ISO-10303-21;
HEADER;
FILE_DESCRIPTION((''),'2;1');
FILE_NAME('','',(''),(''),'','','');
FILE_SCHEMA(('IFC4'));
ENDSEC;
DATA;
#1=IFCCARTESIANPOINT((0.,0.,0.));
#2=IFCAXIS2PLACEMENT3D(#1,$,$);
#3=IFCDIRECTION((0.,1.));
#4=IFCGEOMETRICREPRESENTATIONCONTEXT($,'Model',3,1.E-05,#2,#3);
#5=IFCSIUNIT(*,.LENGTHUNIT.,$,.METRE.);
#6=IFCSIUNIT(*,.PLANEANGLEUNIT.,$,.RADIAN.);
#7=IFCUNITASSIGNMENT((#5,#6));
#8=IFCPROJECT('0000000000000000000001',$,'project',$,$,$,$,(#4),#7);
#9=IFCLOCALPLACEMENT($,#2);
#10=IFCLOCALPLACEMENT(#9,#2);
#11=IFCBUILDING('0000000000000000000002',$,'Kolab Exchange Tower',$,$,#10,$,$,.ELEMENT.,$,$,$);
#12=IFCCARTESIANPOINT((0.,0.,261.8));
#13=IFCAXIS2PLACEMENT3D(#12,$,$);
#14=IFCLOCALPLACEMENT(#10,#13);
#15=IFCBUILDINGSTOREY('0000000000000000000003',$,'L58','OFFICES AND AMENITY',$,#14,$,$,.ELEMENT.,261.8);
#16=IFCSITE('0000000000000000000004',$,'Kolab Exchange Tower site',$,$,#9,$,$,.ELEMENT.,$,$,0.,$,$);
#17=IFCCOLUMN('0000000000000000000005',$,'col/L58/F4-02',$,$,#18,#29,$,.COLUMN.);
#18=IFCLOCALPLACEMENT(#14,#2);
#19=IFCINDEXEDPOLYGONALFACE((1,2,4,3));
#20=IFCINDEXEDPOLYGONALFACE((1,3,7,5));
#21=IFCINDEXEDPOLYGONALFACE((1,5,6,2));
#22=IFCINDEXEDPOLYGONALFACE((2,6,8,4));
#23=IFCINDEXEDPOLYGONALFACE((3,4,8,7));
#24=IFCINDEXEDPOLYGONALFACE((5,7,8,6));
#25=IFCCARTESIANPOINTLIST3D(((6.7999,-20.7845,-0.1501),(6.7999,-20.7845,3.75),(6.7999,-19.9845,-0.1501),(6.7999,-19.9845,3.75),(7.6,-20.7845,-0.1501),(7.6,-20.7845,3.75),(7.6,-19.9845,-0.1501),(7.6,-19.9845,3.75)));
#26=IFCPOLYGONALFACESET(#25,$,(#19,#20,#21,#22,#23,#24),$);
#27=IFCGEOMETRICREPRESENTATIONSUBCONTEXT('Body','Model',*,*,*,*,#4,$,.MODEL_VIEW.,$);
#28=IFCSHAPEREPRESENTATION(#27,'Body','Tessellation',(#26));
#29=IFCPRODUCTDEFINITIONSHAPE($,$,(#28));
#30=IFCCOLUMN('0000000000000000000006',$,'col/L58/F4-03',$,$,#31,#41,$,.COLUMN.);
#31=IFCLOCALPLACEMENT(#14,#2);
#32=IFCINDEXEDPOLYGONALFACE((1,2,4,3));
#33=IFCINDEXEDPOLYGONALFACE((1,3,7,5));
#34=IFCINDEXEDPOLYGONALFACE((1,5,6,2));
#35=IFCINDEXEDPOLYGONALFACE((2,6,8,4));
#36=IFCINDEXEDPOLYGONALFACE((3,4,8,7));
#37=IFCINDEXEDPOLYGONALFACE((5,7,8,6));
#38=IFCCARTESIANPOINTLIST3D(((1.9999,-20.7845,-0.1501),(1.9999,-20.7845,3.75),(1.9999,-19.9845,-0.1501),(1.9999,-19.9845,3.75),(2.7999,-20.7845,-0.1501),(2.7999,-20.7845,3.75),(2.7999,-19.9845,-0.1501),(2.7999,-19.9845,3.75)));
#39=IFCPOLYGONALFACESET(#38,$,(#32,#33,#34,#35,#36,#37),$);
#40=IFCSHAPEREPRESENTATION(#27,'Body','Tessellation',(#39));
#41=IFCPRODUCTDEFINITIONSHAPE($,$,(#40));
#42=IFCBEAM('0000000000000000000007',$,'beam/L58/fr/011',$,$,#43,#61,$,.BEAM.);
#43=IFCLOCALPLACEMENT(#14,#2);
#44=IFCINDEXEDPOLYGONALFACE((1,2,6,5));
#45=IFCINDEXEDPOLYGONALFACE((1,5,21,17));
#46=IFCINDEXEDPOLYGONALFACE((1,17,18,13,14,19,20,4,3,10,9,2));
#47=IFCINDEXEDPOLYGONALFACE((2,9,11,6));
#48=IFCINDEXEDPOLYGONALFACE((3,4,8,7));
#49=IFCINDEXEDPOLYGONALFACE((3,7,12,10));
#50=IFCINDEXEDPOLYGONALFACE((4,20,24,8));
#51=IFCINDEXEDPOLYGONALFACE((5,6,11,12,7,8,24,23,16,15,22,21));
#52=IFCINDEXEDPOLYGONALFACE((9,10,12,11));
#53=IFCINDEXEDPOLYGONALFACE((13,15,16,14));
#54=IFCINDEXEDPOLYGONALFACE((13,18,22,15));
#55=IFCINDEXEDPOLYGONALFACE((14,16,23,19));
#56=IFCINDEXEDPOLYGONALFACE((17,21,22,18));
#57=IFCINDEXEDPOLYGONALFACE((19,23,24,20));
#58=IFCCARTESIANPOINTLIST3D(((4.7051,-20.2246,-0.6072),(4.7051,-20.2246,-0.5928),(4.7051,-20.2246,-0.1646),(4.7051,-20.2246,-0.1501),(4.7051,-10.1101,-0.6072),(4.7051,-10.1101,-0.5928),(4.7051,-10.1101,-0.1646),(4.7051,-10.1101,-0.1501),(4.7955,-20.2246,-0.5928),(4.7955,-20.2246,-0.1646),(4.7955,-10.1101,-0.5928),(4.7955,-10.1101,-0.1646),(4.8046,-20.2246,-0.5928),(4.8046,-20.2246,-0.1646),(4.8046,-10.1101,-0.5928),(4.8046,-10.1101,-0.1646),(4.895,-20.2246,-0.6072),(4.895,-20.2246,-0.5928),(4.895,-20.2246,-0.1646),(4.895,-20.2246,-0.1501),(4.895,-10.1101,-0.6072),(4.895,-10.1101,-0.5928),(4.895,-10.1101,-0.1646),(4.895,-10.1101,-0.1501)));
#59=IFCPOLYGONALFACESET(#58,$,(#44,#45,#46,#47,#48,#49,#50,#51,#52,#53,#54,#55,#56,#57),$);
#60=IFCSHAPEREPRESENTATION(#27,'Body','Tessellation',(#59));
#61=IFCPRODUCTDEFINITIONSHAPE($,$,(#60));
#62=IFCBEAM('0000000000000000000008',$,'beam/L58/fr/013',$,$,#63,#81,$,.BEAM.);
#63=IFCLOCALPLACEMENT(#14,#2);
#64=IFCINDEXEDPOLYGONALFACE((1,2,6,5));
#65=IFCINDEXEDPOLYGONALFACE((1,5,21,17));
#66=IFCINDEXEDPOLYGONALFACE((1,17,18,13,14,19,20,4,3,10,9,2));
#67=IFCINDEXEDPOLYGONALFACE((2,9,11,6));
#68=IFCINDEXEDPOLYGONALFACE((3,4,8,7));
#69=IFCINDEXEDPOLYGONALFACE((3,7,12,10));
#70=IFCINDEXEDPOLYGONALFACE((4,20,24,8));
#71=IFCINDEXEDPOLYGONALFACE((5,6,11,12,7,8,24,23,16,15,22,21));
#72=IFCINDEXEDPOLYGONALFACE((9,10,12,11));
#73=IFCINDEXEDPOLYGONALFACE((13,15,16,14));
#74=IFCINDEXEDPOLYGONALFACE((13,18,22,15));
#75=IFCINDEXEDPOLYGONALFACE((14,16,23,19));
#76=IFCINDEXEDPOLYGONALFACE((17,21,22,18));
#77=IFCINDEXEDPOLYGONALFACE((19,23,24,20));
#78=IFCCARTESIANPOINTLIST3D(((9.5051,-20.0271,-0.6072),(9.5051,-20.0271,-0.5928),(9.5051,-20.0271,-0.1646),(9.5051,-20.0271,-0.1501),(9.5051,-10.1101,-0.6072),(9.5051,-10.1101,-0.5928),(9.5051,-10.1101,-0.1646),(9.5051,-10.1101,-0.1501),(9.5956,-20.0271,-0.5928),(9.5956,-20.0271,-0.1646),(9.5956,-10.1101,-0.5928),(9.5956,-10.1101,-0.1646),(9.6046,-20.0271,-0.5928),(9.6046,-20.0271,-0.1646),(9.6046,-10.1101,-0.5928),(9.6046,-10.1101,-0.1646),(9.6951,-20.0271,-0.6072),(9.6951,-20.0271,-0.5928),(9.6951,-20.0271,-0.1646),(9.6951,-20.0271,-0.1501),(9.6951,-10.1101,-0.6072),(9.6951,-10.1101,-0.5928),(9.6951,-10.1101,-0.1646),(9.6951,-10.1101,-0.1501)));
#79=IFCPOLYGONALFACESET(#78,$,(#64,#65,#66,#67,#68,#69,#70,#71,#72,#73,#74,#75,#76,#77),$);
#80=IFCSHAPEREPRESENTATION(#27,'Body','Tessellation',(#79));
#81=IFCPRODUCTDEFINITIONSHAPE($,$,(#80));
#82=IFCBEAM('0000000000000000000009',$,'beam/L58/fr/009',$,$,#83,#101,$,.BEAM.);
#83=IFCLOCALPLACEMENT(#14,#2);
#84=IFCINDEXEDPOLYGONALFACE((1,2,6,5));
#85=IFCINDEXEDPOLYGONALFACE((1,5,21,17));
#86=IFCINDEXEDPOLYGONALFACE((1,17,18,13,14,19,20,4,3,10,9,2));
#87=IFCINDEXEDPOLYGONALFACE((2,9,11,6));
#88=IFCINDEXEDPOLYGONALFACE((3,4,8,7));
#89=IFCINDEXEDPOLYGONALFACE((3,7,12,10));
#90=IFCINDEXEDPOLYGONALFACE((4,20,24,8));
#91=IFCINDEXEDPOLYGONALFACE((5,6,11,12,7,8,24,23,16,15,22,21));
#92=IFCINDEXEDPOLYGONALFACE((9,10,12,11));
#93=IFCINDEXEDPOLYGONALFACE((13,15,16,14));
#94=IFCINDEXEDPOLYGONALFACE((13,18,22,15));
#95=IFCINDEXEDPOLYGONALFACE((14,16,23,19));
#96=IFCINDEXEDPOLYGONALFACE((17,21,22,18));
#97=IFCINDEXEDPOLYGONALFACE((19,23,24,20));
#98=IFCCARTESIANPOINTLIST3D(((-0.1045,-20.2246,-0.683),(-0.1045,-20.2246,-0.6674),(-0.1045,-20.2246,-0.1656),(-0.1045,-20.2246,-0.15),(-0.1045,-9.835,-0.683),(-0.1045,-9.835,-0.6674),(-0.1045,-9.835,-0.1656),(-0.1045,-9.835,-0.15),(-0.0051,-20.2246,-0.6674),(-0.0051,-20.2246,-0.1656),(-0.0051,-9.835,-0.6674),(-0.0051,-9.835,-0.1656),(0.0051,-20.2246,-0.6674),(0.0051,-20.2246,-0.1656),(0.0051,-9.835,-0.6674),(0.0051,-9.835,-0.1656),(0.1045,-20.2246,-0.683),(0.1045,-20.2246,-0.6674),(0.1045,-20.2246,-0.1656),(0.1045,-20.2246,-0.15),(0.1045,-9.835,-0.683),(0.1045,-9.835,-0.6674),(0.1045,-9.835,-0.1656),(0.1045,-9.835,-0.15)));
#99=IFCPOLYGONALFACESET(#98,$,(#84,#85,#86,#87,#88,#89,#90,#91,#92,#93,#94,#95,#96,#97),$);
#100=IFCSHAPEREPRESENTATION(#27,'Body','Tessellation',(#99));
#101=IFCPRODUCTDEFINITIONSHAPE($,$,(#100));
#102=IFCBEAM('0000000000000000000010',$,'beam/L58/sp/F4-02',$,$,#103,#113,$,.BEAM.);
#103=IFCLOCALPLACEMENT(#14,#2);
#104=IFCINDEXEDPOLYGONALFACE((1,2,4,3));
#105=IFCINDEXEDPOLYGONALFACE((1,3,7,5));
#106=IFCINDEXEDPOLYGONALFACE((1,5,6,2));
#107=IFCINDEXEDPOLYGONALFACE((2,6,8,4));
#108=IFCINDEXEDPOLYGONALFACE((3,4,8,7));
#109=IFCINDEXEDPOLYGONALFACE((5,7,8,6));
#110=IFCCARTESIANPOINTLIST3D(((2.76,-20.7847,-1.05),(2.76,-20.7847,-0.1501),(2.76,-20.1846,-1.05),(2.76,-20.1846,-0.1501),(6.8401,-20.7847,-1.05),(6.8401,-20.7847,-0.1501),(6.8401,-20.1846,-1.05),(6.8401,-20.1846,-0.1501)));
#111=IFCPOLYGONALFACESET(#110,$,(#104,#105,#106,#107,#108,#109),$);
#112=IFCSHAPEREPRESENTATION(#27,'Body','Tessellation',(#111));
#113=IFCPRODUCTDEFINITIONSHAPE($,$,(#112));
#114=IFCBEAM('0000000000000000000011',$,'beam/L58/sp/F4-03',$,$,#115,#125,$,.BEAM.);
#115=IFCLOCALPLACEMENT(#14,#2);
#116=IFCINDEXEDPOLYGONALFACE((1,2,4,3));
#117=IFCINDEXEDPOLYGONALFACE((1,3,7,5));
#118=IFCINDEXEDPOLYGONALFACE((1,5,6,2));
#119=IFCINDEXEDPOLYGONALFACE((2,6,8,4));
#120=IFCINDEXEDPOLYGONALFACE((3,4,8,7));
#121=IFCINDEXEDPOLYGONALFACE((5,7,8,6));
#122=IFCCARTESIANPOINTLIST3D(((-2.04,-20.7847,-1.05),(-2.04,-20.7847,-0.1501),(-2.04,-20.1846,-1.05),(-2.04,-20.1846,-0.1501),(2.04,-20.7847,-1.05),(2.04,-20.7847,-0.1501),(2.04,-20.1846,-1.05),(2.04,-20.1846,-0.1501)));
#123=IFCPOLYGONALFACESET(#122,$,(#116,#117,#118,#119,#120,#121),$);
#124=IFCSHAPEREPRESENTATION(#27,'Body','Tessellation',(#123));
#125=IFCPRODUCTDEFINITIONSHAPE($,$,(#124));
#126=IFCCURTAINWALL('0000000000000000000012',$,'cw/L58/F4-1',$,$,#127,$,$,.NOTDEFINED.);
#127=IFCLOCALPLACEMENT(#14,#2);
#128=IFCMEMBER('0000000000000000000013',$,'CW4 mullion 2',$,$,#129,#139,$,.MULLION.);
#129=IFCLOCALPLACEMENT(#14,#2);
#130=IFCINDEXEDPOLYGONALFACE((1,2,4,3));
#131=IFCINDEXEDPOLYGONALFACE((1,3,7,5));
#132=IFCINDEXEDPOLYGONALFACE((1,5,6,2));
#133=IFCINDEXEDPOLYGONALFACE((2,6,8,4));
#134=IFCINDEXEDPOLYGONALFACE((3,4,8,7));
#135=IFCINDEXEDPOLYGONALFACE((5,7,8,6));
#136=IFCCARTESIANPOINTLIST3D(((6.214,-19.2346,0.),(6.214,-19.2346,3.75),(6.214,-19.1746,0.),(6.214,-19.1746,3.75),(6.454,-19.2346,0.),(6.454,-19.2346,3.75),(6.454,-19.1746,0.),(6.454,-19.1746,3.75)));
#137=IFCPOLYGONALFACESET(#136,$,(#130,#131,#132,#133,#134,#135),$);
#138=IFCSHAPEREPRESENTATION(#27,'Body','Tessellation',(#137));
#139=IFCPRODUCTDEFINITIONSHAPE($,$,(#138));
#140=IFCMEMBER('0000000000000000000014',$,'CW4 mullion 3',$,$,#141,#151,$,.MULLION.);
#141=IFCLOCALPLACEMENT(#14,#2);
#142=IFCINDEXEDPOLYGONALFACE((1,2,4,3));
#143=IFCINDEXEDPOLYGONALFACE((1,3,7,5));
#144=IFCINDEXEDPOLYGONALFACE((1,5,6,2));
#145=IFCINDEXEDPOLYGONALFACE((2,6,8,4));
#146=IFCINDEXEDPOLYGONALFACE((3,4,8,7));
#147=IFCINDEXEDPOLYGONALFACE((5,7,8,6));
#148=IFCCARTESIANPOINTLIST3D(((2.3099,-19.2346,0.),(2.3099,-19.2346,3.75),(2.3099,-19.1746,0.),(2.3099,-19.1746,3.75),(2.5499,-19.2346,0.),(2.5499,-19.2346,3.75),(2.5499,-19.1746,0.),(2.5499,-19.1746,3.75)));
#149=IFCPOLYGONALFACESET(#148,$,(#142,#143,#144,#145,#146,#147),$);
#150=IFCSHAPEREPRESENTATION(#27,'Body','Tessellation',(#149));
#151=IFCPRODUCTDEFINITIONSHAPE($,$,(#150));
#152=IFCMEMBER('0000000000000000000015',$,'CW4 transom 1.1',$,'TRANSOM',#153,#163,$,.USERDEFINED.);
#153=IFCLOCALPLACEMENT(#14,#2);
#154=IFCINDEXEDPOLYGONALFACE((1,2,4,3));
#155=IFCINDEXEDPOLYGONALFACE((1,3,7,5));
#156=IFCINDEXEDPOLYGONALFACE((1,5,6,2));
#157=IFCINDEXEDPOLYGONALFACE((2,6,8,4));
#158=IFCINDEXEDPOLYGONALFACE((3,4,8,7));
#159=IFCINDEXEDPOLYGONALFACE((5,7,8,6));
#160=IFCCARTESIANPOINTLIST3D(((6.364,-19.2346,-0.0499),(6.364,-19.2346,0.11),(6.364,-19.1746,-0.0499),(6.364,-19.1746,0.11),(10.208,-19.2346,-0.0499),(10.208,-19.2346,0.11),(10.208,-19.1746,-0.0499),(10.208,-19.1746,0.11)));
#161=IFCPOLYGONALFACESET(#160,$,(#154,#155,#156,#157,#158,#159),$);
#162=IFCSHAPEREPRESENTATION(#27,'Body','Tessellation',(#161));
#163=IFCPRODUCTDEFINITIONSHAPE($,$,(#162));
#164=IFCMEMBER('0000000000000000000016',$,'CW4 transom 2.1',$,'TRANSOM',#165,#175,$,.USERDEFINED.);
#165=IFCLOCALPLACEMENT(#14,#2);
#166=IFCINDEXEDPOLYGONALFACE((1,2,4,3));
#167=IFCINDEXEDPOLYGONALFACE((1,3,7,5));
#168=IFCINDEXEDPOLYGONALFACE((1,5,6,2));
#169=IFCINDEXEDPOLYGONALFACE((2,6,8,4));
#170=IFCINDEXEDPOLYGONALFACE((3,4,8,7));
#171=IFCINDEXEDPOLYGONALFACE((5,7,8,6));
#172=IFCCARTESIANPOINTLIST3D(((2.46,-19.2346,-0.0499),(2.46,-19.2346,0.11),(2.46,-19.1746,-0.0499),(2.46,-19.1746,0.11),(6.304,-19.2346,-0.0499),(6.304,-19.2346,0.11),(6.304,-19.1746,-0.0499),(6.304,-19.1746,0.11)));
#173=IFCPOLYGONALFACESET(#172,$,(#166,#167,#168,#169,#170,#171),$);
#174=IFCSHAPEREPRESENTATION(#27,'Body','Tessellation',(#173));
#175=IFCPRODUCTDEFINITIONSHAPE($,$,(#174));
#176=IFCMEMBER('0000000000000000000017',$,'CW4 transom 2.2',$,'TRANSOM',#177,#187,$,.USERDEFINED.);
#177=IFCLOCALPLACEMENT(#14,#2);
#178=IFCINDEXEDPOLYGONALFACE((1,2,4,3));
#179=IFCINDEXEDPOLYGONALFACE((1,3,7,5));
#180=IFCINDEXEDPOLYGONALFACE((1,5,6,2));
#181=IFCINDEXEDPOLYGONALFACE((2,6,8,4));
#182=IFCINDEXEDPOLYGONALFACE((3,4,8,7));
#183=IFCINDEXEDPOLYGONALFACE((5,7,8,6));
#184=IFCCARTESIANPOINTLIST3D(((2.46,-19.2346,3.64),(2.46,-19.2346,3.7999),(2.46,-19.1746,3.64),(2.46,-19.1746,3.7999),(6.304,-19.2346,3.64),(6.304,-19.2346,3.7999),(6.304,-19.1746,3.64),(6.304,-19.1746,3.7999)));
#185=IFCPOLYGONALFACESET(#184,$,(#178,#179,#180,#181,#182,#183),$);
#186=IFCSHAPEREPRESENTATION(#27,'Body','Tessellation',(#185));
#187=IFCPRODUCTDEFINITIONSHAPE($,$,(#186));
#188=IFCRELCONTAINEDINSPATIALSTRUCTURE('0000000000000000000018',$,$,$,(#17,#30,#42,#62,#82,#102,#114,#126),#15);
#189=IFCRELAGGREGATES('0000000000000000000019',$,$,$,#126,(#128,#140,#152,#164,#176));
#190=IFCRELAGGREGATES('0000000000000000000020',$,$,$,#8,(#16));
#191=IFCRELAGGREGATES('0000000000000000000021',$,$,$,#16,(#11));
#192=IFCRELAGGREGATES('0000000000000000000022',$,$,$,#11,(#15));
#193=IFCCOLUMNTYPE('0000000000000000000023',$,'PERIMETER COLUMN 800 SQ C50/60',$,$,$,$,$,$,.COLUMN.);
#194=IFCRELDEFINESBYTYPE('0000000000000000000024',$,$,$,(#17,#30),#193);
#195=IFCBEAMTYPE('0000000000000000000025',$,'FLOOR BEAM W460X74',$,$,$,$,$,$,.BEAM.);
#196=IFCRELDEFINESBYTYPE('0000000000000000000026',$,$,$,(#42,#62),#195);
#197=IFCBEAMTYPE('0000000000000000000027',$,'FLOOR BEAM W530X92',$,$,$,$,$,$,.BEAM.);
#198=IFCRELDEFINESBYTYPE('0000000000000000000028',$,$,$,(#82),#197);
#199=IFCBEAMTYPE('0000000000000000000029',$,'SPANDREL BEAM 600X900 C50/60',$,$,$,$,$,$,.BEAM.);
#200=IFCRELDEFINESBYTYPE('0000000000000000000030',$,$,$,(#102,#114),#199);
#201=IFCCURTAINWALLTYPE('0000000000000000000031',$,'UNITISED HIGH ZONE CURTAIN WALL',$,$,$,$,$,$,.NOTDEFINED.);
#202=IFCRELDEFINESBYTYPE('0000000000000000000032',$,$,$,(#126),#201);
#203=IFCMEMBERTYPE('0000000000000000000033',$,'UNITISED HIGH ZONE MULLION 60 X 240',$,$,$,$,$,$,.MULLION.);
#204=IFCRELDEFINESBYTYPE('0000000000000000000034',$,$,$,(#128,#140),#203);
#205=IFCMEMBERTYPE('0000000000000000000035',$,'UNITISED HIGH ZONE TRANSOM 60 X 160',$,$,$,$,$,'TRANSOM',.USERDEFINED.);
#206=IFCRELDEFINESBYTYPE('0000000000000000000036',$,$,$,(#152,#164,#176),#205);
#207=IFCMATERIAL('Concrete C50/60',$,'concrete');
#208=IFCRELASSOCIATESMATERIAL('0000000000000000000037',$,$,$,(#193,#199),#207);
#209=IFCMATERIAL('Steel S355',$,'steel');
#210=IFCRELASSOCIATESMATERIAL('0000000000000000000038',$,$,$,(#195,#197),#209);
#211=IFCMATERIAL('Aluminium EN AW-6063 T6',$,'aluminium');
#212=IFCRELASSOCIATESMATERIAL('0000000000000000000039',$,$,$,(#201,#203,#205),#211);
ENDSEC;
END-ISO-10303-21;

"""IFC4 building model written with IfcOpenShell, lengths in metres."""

from ifc_helpers import new_model, si_unit, direction, frame, origin, origin_2d, place, context, subcontext, project, spatial, rectangle, i_section, extrude, material, material_profile, profile_set, type_object, element, aggregate, save


model = new_model("IFC4")

# Units and contexts
model_context = context("Model", 3, precision=1e-05, world=origin(), true_north=direction((0.0, 1.0)))
body_context = subcontext(model_context, "Body", "Model", "MODEL_VIEW")
ifc_project = project(units=[si_unit("LENGTHUNIT", "METRE"), si_unit("PLANEANGLEUNIT", "RADIAN")], contexts=[model_context])

# Site, building, storey
site_placement = place(None, origin())
site = spatial("IfcSite", under=ifc_project, at=site_placement, Name="Kolab Exchange Tower site", CompositionType="ELEMENT", RefElevation=0.0)
building_placement = place(site_placement, origin())
building = spatial("IfcBuilding", under=site, at=building_placement, Name="Kolab Exchange Tower", CompositionType="ELEMENT")
storey_placement = place(building_placement, frame((0.0, 0.0, 261.8)))
storey = spatial("IfcBuildingStorey", under=building, at=storey_placement, Name="L58", Description="OFFICES AND AMENITY", CompositionType="ELEMENT", Elevation=261.8)

# Columns
ifc_material_1 = material(Name="Concrete C50/60", Category="concrete")
ifc_material_profile_1 = material_profile(ifc_material_1, rectangle(XDim=0.8, YDim=0.8, at=origin_2d()), Name="RC800")
ifc_profile_set_1 = profile_set([ifc_material_profile_1], Name="Concrete C50/60")
column_type = type_object("IfcColumnType", Name="PERIMETER COLUMN 800 SQ C50/60", PredefinedType="COLUMN", material=ifc_profile_set_1)
for number, where, z_axis, x_axis, name in (
    (1, (7.2, -20.3845, -0.1501), (0.0, 0.0, 1.0), (1.0, 0.0, 0.0), "col/L58/F4-02"),
    (2, (2.3999, -20.3845, -0.1501), (0.0, 0.0, 1.0), (1.0, 0.0, 0.0), "col/L58/F4-03"),
):
    element("IfcColumn", number, at=place(storey_placement, frame(where, z_axis=z_axis, x_axis=x_axis)), inside=storey, type_object=column_type, Name=name, PredefinedType="COLUMN", context=body_context, shape_type="SweptSolid", body=[
        extrude(rectangle(XDim=0.8, YDim=0.8, at=origin_2d()), origin(), (0.0, 0.0, 1.0), 3.9001),
    ])

# Beams
ifc_material_2 = material(Name="Steel S355", Category="steel")
ifc_material_profile_2 = material_profile(ifc_material_2, i_section(OverallWidth=0.1899, OverallDepth=0.457, WebThickness=0.009, FlangeThickness=0.0144, at=origin_2d()), Name="W460X74")
ifc_profile_set_2 = profile_set([ifc_material_profile_2], Name="Steel S355")
beam_type_1 = type_object("IfcBeamType", Name="FLOOR BEAM W460X74", PredefinedType="BEAM", material=ifc_profile_set_2)
beam_1_placement = place(storey_placement, frame((4.8, -20.2246, -0.3787), z_axis=(0.0, 1.0, 0.0), x_axis=(-1.0, 0.0, 0.0)))
element("IfcBeam", 3, at=beam_1_placement, inside=storey, type_object=beam_type_1, Name="beam/L58/fr/011", PredefinedType="BEAM", context=body_context, shape_type="SweptSolid", body=[
    extrude(i_section(OverallWidth=0.1899, OverallDepth=0.457, WebThickness=0.009, FlangeThickness=0.0144, at=origin_2d()), origin(), (0.0, 0.0, 1.0), 10.1145),
])
beam_2_placement = place(storey_placement, frame((9.6001, -20.0271, -0.3787), z_axis=(0.0, 1.0, 0.0), x_axis=(-1.0, 0.0, 0.0)))
element("IfcBeam", 4, at=beam_2_placement, inside=storey, type_object=beam_type_1, Name="beam/L58/fr/013", PredefinedType="BEAM", context=body_context, shape_type="SweptSolid", body=[
    extrude(i_section(OverallWidth=0.1899, OverallDepth=0.457, WebThickness=0.009, FlangeThickness=0.0144, at=origin_2d()), origin(), (0.0, 0.0, 1.0), 9.917),
])
ifc_material_profile_3 = material_profile(ifc_material_2, i_section(OverallWidth=0.209, OverallDepth=0.533, WebThickness=0.0103, FlangeThickness=0.0156, at=origin_2d()), Name="W530X92")
ifc_profile_set_3 = profile_set([ifc_material_profile_3], Name="Steel S355")
beam_type_2 = type_object("IfcBeamType", Name="FLOOR BEAM W530X92", PredefinedType="BEAM", material=ifc_profile_set_3)
beam_3_placement = place(storey_placement, frame((0.0, -20.2246, -0.4165), z_axis=(0.0, 1.0, 0.0), x_axis=(-1.0, 0.0, 0.0)))
element("IfcBeam", 5, at=beam_3_placement, inside=storey, type_object=beam_type_2, Name="beam/L58/fr/009", PredefinedType="BEAM", context=body_context, shape_type="SweptSolid", body=[
    extrude(i_section(OverallWidth=0.209, OverallDepth=0.533, WebThickness=0.0103, FlangeThickness=0.0156, at=origin_2d()), origin(), (0.0, 0.0, 1.0), 10.3896),
])
ifc_material_profile_4 = material_profile(ifc_material_1, rectangle(XDim=0.6001, YDim=0.8999, at=origin_2d()), Name="RC600X900")
ifc_profile_set_4 = profile_set([ifc_material_profile_4], Name="Concrete C50/60")
beam_type_3 = type_object("IfcBeamType", Name="SPANDREL BEAM 600X900 C50/60", PredefinedType="BEAM", material=ifc_profile_set_4)
for number, where, z_axis, x_axis, name in (
    (6, (6.8401, -20.4846, -0.6001), (-1.0, 0.0, 0.0), (0.0, -1.0, 0.0), "beam/L58/sp/F4-02"),
    (7, (2.04, -20.4846, -0.6001), (-1.0, 0.0, 0.0), (0.0, -1.0, 0.0), "beam/L58/sp/F4-03"),
):
    element("IfcBeam", number, at=place(storey_placement, frame(where, z_axis=z_axis, x_axis=x_axis)), inside=storey, type_object=beam_type_3, Name=name, PredefinedType="BEAM", context=body_context, shape_type="SweptSolid", body=[
        extrude(rectangle(XDim=0.6001, YDim=0.8999, at=origin_2d()), origin(), (0.0, 0.0, 1.0), 4.0801),
    ])

# Curtain wall, members
ifc_material_3 = material(Name="Aluminium EN AW-6063 T6", Category="aluminium")
curtain_wall_type = type_object("IfcCurtainWallType", Name="UNITISED HIGH ZONE CURTAIN WALL", PredefinedType="NOTDEFINED", material=ifc_material_3)
curtain_wall_placement = place(storey_placement, origin())
curtain_wall = element("IfcCurtainWall", 8, at=curtain_wall_placement, inside=storey, type_object=curtain_wall_type, Name="cw/L58/F4-1", PredefinedType="NOTDEFINED")
ifc_material_profile_5 = material_profile(ifc_material_3, rectangle(XDim=0.0601, YDim=0.24, at=origin_2d()), Name="RECT 60X240")
ifc_profile_set_5 = profile_set([ifc_material_profile_5], Name="Aluminium EN AW-6063 T6")
member_type_1 = type_object("IfcMemberType", Name="UNITISED HIGH ZONE MULLION 60 X 240", PredefinedType="MULLION", material=ifc_profile_set_5)
member_1_placement = place(storey_placement, frame((6.334, -19.2046, 0.0), z_axis=(0.0, 0.0, 1.0), x_axis=(0.0, -1.0, 0.0)))
member_1 = element("IfcMember", 9, at=member_1_placement, type_object=member_type_1, Name="CW4 mullion 2", PredefinedType="MULLION", context=body_context, shape_type="SweptSolid", body=[
    extrude(rectangle(XDim=0.0601, YDim=0.24, at=origin_2d()), origin(), (0.0, 0.0, 1.0), 3.75),
])
member_2_placement = place(storey_placement, frame((2.4299, -19.2046, 0.0), z_axis=(0.0, 0.0, 1.0), x_axis=(0.0, -1.0, 0.0)))
member_2 = element("IfcMember", 10, at=member_2_placement, type_object=member_type_1, Name="CW4 mullion 3", PredefinedType="MULLION", context=body_context, shape_type="SweptSolid", body=[
    extrude(rectangle(XDim=0.0601, YDim=0.24, at=origin_2d()), origin(), (0.0, 0.0, 1.0), 3.75),
])
ifc_material_profile_6 = material_profile(ifc_material_3, rectangle(XDim=0.0601, YDim=0.1599, at=origin_2d()), Name="RECT 60X160")
ifc_profile_set_6 = profile_set([ifc_material_profile_6], Name="Aluminium EN AW-6063 T6")
member_type_2 = type_object("IfcMemberType", Name="UNITISED HIGH ZONE TRANSOM 60 X 160", ElementType="TRANSOM", PredefinedType="USERDEFINED", material=ifc_profile_set_6)
member_3_placement = place(storey_placement, frame((10.208, -19.2046, 0.03), z_axis=(-1.0, 0.0, 0.0), x_axis=(0.0, -1.0, 0.0)))
member_3 = element("IfcMember", 11, at=member_3_placement, type_object=member_type_2, Name="CW4 transom 1.1", ObjectType="TRANSOM", PredefinedType="USERDEFINED", context=body_context, shape_type="SweptSolid", body=[
    extrude(rectangle(XDim=0.0601, YDim=0.1599, at=origin_2d()), origin(), (0.0, 0.0, 1.0), 3.844),
])
member_4_placement = place(storey_placement, frame((6.304, -19.2046, 0.03), z_axis=(-1.0, 0.0, 0.0), x_axis=(0.0, -1.0, 0.0)))
member_4 = element("IfcMember", 12, at=member_4_placement, type_object=member_type_2, Name="CW4 transom 2.1", ObjectType="TRANSOM", PredefinedType="USERDEFINED", context=body_context, shape_type="SweptSolid", body=[
    extrude(rectangle(XDim=0.0601, YDim=0.1599, at=origin_2d()), origin(), (0.0, 0.0, 1.0), 3.844),
])
member_5_placement = place(storey_placement, frame((6.304, -19.2046, 3.72), z_axis=(-1.0, 0.0, 0.0), x_axis=(0.0, -1.0, 0.0)))
member_5 = element("IfcMember", 13, at=member_5_placement, type_object=member_type_2, Name="CW4 transom 2.2", ObjectType="TRANSOM", PredefinedType="USERDEFINED", context=body_context, shape_type="SweptSolid", body=[
    extrude(rectangle(XDim=0.0601, YDim=0.1599, at=origin_2d()), origin(), (0.0, 0.0, 1.0), 3.844),
])
aggregate(curtain_wall, [member_1, member_2, member_3, member_4, member_5])

save(model, "model.ifc")
